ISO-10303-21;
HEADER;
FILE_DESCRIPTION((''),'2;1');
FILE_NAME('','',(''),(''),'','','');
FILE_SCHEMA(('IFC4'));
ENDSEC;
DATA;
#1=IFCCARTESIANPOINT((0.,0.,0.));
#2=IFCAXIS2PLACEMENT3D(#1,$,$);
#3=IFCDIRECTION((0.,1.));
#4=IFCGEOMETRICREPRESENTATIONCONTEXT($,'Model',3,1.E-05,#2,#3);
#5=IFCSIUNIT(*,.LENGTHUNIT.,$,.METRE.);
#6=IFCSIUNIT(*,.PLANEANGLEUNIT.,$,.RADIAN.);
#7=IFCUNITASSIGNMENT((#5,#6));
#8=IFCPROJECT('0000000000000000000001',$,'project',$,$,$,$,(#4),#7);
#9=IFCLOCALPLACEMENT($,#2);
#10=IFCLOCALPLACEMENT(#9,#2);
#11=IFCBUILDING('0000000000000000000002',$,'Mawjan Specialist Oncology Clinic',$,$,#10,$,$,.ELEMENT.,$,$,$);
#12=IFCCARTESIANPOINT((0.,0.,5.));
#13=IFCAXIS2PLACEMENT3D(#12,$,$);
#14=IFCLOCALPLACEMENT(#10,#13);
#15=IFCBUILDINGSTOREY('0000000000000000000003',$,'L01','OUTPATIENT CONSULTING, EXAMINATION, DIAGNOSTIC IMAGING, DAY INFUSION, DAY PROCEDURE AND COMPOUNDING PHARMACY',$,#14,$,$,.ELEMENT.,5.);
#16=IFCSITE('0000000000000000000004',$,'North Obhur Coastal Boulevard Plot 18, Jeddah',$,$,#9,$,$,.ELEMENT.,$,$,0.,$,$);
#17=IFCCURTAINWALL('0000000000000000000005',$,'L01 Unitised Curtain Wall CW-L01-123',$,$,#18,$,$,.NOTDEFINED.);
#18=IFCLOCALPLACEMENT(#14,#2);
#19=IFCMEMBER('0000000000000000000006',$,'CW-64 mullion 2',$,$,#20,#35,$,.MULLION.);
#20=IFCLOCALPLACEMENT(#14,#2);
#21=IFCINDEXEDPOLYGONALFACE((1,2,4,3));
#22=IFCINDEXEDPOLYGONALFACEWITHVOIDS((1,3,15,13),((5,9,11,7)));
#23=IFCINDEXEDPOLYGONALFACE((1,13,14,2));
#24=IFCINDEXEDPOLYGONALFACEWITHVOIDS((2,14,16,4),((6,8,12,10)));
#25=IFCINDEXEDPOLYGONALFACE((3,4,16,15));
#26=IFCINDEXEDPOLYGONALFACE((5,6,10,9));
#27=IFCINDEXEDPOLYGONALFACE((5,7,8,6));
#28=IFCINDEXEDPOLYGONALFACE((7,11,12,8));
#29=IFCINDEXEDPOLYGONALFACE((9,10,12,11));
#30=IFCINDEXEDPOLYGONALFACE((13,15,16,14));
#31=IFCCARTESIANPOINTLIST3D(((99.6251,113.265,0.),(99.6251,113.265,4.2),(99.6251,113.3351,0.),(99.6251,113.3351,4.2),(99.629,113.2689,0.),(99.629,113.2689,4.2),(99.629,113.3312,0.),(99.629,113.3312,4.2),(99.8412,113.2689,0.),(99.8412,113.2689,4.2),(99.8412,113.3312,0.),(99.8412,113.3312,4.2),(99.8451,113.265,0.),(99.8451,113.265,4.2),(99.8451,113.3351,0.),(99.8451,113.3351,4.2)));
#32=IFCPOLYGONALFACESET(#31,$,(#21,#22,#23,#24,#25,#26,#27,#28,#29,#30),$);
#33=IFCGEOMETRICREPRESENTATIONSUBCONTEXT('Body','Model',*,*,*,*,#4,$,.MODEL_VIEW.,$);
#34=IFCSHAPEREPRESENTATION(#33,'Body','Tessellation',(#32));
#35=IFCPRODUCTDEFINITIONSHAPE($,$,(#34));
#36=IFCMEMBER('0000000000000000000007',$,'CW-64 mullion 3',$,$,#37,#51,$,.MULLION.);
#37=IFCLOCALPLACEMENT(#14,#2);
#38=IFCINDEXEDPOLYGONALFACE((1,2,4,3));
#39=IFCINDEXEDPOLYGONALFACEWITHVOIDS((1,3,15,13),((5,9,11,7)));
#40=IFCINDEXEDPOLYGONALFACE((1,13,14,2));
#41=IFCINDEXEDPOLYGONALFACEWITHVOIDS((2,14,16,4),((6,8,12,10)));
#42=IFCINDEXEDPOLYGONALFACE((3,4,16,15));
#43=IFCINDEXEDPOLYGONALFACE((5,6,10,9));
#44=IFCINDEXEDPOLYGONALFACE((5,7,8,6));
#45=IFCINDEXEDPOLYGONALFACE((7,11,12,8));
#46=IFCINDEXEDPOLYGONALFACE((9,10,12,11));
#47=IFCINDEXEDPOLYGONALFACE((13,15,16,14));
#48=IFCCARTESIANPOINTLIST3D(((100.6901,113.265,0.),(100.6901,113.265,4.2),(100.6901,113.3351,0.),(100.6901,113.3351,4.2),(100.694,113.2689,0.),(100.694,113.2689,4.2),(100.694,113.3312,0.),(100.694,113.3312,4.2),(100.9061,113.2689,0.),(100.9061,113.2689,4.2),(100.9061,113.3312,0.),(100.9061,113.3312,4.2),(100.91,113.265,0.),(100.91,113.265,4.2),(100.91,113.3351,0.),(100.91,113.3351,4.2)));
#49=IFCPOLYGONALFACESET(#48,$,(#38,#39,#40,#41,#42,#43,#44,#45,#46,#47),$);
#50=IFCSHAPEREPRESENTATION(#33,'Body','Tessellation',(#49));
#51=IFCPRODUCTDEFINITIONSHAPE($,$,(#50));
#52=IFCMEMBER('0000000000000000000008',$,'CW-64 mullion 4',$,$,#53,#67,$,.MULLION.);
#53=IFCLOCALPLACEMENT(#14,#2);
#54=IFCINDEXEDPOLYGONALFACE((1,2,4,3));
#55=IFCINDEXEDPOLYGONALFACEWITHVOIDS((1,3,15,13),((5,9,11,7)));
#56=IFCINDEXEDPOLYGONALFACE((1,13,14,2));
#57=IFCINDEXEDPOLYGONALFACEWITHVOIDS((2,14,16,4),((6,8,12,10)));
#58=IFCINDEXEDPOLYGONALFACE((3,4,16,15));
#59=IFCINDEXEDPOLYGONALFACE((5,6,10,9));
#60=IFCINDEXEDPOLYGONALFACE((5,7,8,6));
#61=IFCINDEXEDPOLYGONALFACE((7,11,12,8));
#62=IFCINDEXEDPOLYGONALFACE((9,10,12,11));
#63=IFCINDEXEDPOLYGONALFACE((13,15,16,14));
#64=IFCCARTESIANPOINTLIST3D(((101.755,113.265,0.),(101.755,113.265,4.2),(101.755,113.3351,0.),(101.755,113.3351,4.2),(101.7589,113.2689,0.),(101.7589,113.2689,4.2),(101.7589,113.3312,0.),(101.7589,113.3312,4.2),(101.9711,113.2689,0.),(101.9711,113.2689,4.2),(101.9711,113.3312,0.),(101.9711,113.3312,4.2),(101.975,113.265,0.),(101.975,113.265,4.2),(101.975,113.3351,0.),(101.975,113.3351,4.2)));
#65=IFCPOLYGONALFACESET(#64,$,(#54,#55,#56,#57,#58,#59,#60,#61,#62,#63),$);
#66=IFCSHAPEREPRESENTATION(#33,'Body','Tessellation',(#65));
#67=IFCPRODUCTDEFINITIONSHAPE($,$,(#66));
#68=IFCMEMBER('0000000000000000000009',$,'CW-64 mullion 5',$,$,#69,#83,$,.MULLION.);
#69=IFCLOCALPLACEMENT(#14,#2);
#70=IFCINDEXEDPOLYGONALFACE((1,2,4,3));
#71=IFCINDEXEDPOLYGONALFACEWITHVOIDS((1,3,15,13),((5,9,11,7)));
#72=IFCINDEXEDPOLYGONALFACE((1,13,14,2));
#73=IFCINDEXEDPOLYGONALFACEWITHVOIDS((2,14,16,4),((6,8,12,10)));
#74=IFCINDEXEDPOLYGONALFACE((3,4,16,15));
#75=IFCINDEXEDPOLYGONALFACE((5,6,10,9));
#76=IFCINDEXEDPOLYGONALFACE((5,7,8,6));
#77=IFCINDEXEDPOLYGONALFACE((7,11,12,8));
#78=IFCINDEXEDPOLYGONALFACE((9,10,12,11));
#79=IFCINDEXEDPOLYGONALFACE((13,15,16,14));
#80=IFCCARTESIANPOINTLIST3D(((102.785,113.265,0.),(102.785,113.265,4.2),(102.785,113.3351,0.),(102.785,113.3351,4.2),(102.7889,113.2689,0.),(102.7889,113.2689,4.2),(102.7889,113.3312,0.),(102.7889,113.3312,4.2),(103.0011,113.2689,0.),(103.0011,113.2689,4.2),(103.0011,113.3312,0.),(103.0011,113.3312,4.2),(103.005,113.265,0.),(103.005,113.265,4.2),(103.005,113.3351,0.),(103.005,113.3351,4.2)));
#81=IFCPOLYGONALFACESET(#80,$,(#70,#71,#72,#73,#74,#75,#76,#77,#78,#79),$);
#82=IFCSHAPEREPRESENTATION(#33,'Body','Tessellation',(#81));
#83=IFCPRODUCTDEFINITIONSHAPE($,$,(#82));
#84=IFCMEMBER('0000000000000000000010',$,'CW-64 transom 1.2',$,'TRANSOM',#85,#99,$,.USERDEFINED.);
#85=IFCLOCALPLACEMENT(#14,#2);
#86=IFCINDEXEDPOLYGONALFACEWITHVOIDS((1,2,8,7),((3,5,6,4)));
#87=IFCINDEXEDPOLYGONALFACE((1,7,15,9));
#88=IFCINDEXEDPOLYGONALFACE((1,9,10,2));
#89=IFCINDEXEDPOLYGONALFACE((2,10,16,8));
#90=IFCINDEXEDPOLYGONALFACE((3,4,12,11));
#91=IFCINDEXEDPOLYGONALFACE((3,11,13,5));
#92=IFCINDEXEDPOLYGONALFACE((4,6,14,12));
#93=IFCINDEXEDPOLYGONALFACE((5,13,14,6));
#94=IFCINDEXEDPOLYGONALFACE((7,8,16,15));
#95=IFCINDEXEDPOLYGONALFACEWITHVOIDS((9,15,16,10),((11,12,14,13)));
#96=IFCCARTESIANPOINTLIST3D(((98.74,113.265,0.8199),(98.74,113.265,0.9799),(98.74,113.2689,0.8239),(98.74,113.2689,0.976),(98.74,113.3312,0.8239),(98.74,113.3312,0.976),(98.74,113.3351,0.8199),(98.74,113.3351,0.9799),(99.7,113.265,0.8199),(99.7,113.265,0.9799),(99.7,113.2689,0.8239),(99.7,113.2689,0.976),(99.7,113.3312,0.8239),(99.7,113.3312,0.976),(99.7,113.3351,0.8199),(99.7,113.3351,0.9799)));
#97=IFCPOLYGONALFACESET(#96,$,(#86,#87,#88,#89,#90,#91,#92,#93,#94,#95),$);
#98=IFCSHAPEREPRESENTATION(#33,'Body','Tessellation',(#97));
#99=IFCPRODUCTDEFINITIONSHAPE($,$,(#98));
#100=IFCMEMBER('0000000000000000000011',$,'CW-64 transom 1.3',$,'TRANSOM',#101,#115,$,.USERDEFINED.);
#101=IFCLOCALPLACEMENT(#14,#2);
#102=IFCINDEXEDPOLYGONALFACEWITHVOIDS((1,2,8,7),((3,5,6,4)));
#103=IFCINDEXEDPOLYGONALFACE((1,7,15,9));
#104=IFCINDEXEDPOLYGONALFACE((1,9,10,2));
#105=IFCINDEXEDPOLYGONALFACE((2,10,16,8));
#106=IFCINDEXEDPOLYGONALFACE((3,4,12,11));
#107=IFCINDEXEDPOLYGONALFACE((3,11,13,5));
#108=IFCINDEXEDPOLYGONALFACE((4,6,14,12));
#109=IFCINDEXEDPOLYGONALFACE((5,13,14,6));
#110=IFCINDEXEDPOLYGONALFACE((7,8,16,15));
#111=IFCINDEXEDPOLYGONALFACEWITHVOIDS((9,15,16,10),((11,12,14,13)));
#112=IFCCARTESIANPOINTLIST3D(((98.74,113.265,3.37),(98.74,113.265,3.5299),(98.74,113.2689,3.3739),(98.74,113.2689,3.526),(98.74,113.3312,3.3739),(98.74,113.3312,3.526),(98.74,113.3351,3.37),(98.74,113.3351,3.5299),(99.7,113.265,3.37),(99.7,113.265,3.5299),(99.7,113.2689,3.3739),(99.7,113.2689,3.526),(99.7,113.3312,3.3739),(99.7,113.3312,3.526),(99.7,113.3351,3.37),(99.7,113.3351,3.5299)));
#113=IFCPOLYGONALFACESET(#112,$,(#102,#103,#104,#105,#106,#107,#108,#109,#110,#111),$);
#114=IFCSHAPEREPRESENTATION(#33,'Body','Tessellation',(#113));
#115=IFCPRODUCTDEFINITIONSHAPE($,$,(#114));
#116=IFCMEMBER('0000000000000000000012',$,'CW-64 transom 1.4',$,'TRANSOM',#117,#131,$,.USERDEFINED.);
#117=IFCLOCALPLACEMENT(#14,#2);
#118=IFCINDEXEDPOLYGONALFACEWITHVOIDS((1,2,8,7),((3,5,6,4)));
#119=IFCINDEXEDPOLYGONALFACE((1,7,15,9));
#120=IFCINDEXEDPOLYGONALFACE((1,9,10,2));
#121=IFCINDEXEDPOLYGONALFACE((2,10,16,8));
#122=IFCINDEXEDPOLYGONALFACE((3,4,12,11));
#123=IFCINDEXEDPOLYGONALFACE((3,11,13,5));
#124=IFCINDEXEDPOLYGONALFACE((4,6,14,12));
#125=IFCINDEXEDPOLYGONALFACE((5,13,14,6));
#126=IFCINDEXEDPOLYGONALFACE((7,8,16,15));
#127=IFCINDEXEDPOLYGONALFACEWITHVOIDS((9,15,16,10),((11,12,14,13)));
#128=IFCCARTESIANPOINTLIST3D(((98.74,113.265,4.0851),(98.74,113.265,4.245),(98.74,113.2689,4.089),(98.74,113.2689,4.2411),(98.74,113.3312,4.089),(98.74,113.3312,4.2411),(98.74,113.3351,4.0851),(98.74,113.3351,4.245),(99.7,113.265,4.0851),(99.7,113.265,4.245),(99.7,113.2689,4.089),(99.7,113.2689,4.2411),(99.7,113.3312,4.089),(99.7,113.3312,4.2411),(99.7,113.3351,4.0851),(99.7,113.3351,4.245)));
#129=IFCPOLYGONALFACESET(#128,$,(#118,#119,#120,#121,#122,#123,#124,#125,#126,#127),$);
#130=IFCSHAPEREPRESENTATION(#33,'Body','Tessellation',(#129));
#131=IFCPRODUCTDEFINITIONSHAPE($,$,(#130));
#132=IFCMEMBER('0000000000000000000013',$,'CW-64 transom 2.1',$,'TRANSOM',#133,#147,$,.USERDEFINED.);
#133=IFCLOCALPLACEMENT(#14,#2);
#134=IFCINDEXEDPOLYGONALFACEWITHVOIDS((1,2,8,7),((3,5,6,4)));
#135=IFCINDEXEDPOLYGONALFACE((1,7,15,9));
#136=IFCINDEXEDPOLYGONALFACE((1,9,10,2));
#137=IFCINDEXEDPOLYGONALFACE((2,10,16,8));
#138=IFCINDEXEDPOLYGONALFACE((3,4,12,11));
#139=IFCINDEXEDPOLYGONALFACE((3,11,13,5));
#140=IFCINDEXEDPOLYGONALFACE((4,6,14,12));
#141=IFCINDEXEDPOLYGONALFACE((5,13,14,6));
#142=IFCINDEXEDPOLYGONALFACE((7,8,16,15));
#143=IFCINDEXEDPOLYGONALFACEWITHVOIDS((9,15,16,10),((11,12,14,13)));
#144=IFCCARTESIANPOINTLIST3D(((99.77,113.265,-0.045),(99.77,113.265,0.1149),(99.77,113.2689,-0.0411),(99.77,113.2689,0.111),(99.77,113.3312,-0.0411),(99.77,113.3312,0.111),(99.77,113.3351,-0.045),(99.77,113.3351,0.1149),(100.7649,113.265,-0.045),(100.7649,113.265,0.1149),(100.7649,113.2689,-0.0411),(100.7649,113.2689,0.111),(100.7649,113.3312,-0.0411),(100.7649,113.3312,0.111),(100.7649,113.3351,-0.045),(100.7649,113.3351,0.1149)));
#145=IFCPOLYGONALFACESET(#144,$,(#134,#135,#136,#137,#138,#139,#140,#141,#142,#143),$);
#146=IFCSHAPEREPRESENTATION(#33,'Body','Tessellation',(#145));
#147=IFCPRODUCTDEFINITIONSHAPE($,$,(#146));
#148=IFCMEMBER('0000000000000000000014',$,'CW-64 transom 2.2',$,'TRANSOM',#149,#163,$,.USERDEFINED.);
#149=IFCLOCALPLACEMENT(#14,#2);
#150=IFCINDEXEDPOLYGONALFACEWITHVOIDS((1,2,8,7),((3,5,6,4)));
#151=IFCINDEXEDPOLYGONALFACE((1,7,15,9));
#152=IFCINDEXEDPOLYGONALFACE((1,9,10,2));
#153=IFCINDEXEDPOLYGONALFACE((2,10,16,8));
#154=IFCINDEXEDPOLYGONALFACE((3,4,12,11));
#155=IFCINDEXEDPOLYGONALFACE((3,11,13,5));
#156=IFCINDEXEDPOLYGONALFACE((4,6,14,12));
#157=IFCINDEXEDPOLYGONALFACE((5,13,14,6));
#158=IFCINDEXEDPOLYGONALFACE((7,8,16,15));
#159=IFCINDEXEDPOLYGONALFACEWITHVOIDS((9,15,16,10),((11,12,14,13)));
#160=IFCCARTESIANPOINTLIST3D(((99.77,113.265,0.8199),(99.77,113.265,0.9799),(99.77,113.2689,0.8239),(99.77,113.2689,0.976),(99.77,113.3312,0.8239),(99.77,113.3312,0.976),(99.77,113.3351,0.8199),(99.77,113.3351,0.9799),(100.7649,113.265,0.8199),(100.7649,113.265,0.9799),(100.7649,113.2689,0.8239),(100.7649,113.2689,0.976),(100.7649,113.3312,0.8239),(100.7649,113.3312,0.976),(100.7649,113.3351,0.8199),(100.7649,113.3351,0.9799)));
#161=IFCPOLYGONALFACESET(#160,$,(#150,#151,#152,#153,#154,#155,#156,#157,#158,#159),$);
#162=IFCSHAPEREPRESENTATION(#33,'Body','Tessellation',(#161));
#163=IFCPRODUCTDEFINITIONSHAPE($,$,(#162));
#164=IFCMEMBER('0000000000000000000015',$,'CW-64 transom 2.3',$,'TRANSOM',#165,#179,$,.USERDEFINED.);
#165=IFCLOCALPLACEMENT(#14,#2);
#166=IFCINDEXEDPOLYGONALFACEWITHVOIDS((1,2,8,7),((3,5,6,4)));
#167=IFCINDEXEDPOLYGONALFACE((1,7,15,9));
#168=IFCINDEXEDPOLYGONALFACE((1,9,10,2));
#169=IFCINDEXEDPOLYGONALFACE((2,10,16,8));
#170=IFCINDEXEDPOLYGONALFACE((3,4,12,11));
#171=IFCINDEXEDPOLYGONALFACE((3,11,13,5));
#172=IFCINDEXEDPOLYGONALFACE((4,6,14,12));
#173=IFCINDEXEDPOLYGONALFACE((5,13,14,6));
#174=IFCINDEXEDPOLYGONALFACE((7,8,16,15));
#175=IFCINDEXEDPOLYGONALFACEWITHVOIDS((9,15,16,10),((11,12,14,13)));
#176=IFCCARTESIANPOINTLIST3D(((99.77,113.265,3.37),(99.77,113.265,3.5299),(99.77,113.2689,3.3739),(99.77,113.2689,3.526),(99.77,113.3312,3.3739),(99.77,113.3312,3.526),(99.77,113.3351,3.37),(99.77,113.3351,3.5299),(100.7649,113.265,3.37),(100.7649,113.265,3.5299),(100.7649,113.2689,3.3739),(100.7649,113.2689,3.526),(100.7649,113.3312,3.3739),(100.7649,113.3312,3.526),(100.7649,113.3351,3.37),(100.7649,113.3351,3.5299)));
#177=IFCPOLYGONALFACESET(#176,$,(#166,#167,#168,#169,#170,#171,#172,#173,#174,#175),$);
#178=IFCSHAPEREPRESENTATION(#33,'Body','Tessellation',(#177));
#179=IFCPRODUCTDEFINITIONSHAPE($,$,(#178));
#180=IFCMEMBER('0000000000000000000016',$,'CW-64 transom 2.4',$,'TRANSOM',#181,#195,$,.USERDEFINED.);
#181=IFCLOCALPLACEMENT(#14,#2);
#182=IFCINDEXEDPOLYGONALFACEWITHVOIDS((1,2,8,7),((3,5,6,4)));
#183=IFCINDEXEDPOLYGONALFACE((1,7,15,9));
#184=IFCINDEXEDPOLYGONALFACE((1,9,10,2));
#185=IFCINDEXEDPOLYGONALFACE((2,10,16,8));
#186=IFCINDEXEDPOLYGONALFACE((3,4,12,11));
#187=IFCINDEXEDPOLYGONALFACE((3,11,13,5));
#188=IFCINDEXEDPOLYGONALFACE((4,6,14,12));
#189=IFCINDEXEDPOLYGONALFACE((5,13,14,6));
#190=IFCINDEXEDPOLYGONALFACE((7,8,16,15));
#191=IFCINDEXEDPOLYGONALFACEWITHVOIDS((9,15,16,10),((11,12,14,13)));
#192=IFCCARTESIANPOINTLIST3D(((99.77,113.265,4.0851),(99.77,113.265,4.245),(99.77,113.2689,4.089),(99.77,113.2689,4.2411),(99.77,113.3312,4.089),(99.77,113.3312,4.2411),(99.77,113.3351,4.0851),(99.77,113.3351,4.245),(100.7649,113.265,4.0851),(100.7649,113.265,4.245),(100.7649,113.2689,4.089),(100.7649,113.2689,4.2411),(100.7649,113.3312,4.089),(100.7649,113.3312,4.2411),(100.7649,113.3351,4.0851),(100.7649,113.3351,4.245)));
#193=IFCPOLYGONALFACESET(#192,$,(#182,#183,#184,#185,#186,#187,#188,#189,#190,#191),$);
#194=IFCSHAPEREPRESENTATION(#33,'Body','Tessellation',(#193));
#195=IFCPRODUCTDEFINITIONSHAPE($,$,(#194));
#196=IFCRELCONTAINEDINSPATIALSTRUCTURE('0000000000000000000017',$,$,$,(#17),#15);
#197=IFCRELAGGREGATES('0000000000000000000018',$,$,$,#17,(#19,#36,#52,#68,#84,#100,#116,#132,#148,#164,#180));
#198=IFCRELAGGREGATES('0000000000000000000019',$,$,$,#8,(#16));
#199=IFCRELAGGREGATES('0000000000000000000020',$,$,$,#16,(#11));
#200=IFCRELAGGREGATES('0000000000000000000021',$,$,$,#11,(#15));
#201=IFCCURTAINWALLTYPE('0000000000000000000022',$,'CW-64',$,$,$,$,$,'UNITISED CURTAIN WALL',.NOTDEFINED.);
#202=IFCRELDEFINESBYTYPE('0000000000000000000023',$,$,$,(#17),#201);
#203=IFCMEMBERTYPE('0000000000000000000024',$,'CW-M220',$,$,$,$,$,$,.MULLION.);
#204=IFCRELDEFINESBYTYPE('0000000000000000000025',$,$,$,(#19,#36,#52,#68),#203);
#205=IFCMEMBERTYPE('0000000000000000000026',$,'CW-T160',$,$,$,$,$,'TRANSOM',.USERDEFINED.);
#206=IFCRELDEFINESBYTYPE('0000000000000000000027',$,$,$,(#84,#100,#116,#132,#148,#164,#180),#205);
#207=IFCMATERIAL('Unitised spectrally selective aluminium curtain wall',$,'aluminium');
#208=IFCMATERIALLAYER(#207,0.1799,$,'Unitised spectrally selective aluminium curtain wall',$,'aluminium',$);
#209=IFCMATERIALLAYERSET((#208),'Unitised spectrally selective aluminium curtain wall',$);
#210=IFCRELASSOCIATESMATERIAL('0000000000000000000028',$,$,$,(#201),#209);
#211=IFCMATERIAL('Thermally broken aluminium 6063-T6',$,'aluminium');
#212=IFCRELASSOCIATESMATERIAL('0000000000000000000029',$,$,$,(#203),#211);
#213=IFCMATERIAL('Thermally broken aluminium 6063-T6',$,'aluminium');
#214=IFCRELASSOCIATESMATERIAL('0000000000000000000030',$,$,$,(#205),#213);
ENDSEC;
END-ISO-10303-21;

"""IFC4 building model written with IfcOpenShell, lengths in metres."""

from ifc_helpers import new_model, si_unit, direction, frame, origin, origin_2d, place, context, subcontext, project, spatial, hollow_rectangle, extrude, material, layer, layer_set, material_profile, profile_set, type_object, element, aggregate, save


model = new_model("IFC4")

# Units and contexts
model_context = context("Model", 3, precision=1e-05, world=origin(), true_north=direction((0.0, 1.0)))
body_context = subcontext(model_context, "Body", "Model", "MODEL_VIEW")
ifc_project = project(units=[si_unit("LENGTHUNIT", "METRE"), si_unit("PLANEANGLEUNIT", "RADIAN")], contexts=[model_context])

# Site, building, storey
site_placement = place(None, origin())
site = spatial("IfcSite", under=ifc_project, at=site_placement, Name="North Obhur Coastal Boulevard Plot 18, Jeddah", CompositionType="ELEMENT", RefElevation=0.0)
building_placement = place(site_placement, origin())
building = spatial("IfcBuilding", under=site, at=building_placement, Name="Mawjan Specialist Oncology Clinic", CompositionType="ELEMENT")
storey_placement = place(building_placement, frame((0.0, 0.0, 5.0)))
storey = spatial("IfcBuildingStorey", under=building, at=storey_placement, Name="L01", Description="OUTPATIENT CONSULTING, EXAMINATION, DIAGNOSTIC IMAGING, DAY INFUSION, DAY PROCEDURE AND COMPOUNDING PHARMACY", CompositionType="ELEMENT", Elevation=5.0)

# Curtain wall, members
ifc_material_1 = material(Name="Unitised spectrally selective aluminium curtain wall", Category="aluminium")
ifc_layer_1 = layer(ifc_material_1, 0.1799, Name="Unitised spectrally selective aluminium curtain wall", Category="aluminium")
ifc_layer_set_1 = layer_set([ifc_layer_1], Name="Unitised spectrally selective aluminium curtain wall")
curtain_wall_type = type_object("IfcCurtainWallType", Name="CW-64", ElementType="UNITISED CURTAIN WALL", PredefinedType="NOTDEFINED", material=ifc_layer_set_1)
curtain_wall_placement = place(storey_placement, origin())
curtain_wall = element("IfcCurtainWall", 1, at=curtain_wall_placement, inside=storey, type_object=curtain_wall_type, Name="L01 Unitised Curtain Wall CW-L01-123", PredefinedType="NOTDEFINED")
ifc_material_2 = material(Name="Thermally broken aluminium 6063-T6", Category="aluminium")
ifc_material_profile_1 = material_profile(ifc_material_2, hollow_rectangle(XDim=0.0701, YDim=0.22, WallThickness=0.0039, at=origin_2d()), Name="ALU MULLION 220x70x4", Category="aluminium")
ifc_profile_set_1 = profile_set([ifc_material_profile_1], Name="Thermally broken aluminium 6063-T6")
member_type_1 = type_object("IfcMemberType", Name="CW-M220", PredefinedType="MULLION", material=ifc_profile_set_1)
member_1_placement = place(storey_placement, frame((99.7351, 113.3, 0.0), z_axis=(0.0, 0.0, 1.0), x_axis=(0.0, 1.0, 0.0)))
member_1 = element("IfcMember", 2, at=member_1_placement, type_object=member_type_1, Name="CW-64 mullion 2", PredefinedType="MULLION", context=body_context, shape_type="SweptSolid", body=[
    extrude(hollow_rectangle(XDim=0.0701, YDim=0.22, WallThickness=0.0039, at=origin_2d()), origin(), (0.0, 0.0, 1.0), 4.2),
])
member_2_placement = place(storey_placement, frame((100.8, 113.3, 0.0), z_axis=(0.0, 0.0, 1.0), x_axis=(0.0, 1.0, 0.0)))
member_2 = element("IfcMember", 3, at=member_2_placement, type_object=member_type_1, Name="CW-64 mullion 3", PredefinedType="MULLION", context=body_context, shape_type="SweptSolid", body=[
    extrude(hollow_rectangle(XDim=0.0701, YDim=0.22, WallThickness=0.0039, at=origin_2d()), origin(), (0.0, 0.0, 1.0), 4.2),
])
member_3_placement = place(storey_placement, frame((101.865, 113.3, 0.0), z_axis=(0.0, 0.0, 1.0), x_axis=(0.0, 1.0, 0.0)))
member_3 = element("IfcMember", 4, at=member_3_placement, type_object=member_type_1, Name="CW-64 mullion 4", PredefinedType="MULLION", context=body_context, shape_type="SweptSolid", body=[
    extrude(hollow_rectangle(XDim=0.0701, YDim=0.22, WallThickness=0.0039, at=origin_2d()), origin(), (0.0, 0.0, 1.0), 4.2),
])
member_4_placement = place(storey_placement, frame((102.895, 113.3, 0.0), z_axis=(0.0, 0.0, 1.0), x_axis=(0.0, 1.0, 0.0)))
member_4 = element("IfcMember", 5, at=member_4_placement, type_object=member_type_1, Name="CW-64 mullion 5", PredefinedType="MULLION", context=body_context, shape_type="SweptSolid", body=[
    extrude(hollow_rectangle(XDim=0.0701, YDim=0.22, WallThickness=0.0039, at=origin_2d()), origin(), (0.0, 0.0, 1.0), 4.2),
])
ifc_material_3 = material(Name="Thermally broken aluminium 6063-T6", Category="aluminium")
ifc_material_profile_2 = material_profile(ifc_material_3, hollow_rectangle(XDim=0.0701, YDim=0.1599, WallThickness=0.0039, at=origin_2d()), Name="ALU TRANSOM 160x70x4", Category="aluminium")
ifc_profile_set_2 = profile_set([ifc_material_profile_2], Name="Thermally broken aluminium 6063-T6")
member_type_2 = type_object("IfcMemberType", Name="CW-T160", ElementType="TRANSOM", PredefinedType="USERDEFINED", material=ifc_profile_set_2)
member_5_placement = place(storey_placement, frame((98.74, 113.3, 0.8999), z_axis=(1.0, 0.0, 0.0), x_axis=(0.0, 1.0, 0.0)))
member_5 = element("IfcMember", 6, at=member_5_placement, type_object=member_type_2, Name="CW-64 transom 1.2", ObjectType="TRANSOM", PredefinedType="USERDEFINED", context=body_context, shape_type="SweptSolid", body=[
    extrude(hollow_rectangle(XDim=0.0701, YDim=0.1599, WallThickness=0.0039, at=origin_2d()), origin(), (0.0, 0.0, 1.0), 0.96),
])
member_6_placement = place(storey_placement, frame((98.74, 113.3, 3.45), z_axis=(1.0, 0.0, 0.0), x_axis=(0.0, 1.0, 0.0)))
member_6 = element("IfcMember", 7, at=member_6_placement, type_object=member_type_2, Name="CW-64 transom 1.3", ObjectType="TRANSOM", PredefinedType="USERDEFINED", context=body_context, shape_type="SweptSolid", body=[
    extrude(hollow_rectangle(XDim=0.0701, YDim=0.1599, WallThickness=0.0039, at=origin_2d()), origin(), (0.0, 0.0, 1.0), 0.96),
])
member_7_placement = place(storey_placement, frame((98.74, 113.3, 4.165), z_axis=(1.0, 0.0, 0.0), x_axis=(0.0, 1.0, 0.0)))
member_7 = element("IfcMember", 8, at=member_7_placement, type_object=member_type_2, Name="CW-64 transom 1.4", ObjectType="TRANSOM", PredefinedType="USERDEFINED", context=body_context, shape_type="SweptSolid", body=[
    extrude(hollow_rectangle(XDim=0.0701, YDim=0.1599, WallThickness=0.0039, at=origin_2d()), origin(), (0.0, 0.0, 1.0), 0.96),
])
member_8_placement = place(storey_placement, frame((99.77, 113.3, 0.0349), z_axis=(1.0, 0.0, 0.0), x_axis=(0.0, 1.0, 0.0)))
member_8 = element("IfcMember", 9, at=member_8_placement, type_object=member_type_2, Name="CW-64 transom 2.1", ObjectType="TRANSOM", PredefinedType="USERDEFINED", context=body_context, shape_type="SweptSolid", body=[
    extrude(hollow_rectangle(XDim=0.0701, YDim=0.1599, WallThickness=0.0039, at=origin_2d()), origin(), (0.0, 0.0, 1.0), 0.9949),
])
member_9_placement = place(storey_placement, frame((99.77, 113.3, 0.8999), z_axis=(1.0, 0.0, 0.0), x_axis=(0.0, 1.0, 0.0)))
member_9 = element("IfcMember", 10, at=member_9_placement, type_object=member_type_2, Name="CW-64 transom 2.2", ObjectType="TRANSOM", PredefinedType="USERDEFINED", context=body_context, shape_type="SweptSolid", body=[
    extrude(hollow_rectangle(XDim=0.0701, YDim=0.1599, WallThickness=0.0039, at=origin_2d()), origin(), (0.0, 0.0, 1.0), 0.9949),
])
member_10_placement = place(storey_placement, frame((99.77, 113.3, 3.45), z_axis=(1.0, 0.0, 0.0), x_axis=(0.0, 1.0, 0.0)))
member_10 = element("IfcMember", 11, at=member_10_placement, type_object=member_type_2, Name="CW-64 transom 2.3", ObjectType="TRANSOM", PredefinedType="USERDEFINED", context=body_context, shape_type="SweptSolid", body=[
    extrude(hollow_rectangle(XDim=0.0701, YDim=0.1599, WallThickness=0.0039, at=origin_2d()), origin(), (0.0, 0.0, 1.0), 0.9949),
])
member_11_placement = place(storey_placement, frame((99.77, 113.3, 4.165), z_axis=(1.0, 0.0, 0.0), x_axis=(0.0, 1.0, 0.0)))
member_11 = element("IfcMember", 12, at=member_11_placement, type_object=member_type_2, Name="CW-64 transom 2.4", ObjectType="TRANSOM", PredefinedType="USERDEFINED", context=body_context, shape_type="SweptSolid", body=[
    extrude(hollow_rectangle(XDim=0.0701, YDim=0.1599, WallThickness=0.0039, at=origin_2d()), origin(), (0.0, 0.0, 1.0), 0.9949),
])
aggregate(curtain_wall, [member_1, member_2, member_3, member_4, member_5, member_6, member_7, member_8, member_9, member_10, member_11])

save(model, "model.ifc")
